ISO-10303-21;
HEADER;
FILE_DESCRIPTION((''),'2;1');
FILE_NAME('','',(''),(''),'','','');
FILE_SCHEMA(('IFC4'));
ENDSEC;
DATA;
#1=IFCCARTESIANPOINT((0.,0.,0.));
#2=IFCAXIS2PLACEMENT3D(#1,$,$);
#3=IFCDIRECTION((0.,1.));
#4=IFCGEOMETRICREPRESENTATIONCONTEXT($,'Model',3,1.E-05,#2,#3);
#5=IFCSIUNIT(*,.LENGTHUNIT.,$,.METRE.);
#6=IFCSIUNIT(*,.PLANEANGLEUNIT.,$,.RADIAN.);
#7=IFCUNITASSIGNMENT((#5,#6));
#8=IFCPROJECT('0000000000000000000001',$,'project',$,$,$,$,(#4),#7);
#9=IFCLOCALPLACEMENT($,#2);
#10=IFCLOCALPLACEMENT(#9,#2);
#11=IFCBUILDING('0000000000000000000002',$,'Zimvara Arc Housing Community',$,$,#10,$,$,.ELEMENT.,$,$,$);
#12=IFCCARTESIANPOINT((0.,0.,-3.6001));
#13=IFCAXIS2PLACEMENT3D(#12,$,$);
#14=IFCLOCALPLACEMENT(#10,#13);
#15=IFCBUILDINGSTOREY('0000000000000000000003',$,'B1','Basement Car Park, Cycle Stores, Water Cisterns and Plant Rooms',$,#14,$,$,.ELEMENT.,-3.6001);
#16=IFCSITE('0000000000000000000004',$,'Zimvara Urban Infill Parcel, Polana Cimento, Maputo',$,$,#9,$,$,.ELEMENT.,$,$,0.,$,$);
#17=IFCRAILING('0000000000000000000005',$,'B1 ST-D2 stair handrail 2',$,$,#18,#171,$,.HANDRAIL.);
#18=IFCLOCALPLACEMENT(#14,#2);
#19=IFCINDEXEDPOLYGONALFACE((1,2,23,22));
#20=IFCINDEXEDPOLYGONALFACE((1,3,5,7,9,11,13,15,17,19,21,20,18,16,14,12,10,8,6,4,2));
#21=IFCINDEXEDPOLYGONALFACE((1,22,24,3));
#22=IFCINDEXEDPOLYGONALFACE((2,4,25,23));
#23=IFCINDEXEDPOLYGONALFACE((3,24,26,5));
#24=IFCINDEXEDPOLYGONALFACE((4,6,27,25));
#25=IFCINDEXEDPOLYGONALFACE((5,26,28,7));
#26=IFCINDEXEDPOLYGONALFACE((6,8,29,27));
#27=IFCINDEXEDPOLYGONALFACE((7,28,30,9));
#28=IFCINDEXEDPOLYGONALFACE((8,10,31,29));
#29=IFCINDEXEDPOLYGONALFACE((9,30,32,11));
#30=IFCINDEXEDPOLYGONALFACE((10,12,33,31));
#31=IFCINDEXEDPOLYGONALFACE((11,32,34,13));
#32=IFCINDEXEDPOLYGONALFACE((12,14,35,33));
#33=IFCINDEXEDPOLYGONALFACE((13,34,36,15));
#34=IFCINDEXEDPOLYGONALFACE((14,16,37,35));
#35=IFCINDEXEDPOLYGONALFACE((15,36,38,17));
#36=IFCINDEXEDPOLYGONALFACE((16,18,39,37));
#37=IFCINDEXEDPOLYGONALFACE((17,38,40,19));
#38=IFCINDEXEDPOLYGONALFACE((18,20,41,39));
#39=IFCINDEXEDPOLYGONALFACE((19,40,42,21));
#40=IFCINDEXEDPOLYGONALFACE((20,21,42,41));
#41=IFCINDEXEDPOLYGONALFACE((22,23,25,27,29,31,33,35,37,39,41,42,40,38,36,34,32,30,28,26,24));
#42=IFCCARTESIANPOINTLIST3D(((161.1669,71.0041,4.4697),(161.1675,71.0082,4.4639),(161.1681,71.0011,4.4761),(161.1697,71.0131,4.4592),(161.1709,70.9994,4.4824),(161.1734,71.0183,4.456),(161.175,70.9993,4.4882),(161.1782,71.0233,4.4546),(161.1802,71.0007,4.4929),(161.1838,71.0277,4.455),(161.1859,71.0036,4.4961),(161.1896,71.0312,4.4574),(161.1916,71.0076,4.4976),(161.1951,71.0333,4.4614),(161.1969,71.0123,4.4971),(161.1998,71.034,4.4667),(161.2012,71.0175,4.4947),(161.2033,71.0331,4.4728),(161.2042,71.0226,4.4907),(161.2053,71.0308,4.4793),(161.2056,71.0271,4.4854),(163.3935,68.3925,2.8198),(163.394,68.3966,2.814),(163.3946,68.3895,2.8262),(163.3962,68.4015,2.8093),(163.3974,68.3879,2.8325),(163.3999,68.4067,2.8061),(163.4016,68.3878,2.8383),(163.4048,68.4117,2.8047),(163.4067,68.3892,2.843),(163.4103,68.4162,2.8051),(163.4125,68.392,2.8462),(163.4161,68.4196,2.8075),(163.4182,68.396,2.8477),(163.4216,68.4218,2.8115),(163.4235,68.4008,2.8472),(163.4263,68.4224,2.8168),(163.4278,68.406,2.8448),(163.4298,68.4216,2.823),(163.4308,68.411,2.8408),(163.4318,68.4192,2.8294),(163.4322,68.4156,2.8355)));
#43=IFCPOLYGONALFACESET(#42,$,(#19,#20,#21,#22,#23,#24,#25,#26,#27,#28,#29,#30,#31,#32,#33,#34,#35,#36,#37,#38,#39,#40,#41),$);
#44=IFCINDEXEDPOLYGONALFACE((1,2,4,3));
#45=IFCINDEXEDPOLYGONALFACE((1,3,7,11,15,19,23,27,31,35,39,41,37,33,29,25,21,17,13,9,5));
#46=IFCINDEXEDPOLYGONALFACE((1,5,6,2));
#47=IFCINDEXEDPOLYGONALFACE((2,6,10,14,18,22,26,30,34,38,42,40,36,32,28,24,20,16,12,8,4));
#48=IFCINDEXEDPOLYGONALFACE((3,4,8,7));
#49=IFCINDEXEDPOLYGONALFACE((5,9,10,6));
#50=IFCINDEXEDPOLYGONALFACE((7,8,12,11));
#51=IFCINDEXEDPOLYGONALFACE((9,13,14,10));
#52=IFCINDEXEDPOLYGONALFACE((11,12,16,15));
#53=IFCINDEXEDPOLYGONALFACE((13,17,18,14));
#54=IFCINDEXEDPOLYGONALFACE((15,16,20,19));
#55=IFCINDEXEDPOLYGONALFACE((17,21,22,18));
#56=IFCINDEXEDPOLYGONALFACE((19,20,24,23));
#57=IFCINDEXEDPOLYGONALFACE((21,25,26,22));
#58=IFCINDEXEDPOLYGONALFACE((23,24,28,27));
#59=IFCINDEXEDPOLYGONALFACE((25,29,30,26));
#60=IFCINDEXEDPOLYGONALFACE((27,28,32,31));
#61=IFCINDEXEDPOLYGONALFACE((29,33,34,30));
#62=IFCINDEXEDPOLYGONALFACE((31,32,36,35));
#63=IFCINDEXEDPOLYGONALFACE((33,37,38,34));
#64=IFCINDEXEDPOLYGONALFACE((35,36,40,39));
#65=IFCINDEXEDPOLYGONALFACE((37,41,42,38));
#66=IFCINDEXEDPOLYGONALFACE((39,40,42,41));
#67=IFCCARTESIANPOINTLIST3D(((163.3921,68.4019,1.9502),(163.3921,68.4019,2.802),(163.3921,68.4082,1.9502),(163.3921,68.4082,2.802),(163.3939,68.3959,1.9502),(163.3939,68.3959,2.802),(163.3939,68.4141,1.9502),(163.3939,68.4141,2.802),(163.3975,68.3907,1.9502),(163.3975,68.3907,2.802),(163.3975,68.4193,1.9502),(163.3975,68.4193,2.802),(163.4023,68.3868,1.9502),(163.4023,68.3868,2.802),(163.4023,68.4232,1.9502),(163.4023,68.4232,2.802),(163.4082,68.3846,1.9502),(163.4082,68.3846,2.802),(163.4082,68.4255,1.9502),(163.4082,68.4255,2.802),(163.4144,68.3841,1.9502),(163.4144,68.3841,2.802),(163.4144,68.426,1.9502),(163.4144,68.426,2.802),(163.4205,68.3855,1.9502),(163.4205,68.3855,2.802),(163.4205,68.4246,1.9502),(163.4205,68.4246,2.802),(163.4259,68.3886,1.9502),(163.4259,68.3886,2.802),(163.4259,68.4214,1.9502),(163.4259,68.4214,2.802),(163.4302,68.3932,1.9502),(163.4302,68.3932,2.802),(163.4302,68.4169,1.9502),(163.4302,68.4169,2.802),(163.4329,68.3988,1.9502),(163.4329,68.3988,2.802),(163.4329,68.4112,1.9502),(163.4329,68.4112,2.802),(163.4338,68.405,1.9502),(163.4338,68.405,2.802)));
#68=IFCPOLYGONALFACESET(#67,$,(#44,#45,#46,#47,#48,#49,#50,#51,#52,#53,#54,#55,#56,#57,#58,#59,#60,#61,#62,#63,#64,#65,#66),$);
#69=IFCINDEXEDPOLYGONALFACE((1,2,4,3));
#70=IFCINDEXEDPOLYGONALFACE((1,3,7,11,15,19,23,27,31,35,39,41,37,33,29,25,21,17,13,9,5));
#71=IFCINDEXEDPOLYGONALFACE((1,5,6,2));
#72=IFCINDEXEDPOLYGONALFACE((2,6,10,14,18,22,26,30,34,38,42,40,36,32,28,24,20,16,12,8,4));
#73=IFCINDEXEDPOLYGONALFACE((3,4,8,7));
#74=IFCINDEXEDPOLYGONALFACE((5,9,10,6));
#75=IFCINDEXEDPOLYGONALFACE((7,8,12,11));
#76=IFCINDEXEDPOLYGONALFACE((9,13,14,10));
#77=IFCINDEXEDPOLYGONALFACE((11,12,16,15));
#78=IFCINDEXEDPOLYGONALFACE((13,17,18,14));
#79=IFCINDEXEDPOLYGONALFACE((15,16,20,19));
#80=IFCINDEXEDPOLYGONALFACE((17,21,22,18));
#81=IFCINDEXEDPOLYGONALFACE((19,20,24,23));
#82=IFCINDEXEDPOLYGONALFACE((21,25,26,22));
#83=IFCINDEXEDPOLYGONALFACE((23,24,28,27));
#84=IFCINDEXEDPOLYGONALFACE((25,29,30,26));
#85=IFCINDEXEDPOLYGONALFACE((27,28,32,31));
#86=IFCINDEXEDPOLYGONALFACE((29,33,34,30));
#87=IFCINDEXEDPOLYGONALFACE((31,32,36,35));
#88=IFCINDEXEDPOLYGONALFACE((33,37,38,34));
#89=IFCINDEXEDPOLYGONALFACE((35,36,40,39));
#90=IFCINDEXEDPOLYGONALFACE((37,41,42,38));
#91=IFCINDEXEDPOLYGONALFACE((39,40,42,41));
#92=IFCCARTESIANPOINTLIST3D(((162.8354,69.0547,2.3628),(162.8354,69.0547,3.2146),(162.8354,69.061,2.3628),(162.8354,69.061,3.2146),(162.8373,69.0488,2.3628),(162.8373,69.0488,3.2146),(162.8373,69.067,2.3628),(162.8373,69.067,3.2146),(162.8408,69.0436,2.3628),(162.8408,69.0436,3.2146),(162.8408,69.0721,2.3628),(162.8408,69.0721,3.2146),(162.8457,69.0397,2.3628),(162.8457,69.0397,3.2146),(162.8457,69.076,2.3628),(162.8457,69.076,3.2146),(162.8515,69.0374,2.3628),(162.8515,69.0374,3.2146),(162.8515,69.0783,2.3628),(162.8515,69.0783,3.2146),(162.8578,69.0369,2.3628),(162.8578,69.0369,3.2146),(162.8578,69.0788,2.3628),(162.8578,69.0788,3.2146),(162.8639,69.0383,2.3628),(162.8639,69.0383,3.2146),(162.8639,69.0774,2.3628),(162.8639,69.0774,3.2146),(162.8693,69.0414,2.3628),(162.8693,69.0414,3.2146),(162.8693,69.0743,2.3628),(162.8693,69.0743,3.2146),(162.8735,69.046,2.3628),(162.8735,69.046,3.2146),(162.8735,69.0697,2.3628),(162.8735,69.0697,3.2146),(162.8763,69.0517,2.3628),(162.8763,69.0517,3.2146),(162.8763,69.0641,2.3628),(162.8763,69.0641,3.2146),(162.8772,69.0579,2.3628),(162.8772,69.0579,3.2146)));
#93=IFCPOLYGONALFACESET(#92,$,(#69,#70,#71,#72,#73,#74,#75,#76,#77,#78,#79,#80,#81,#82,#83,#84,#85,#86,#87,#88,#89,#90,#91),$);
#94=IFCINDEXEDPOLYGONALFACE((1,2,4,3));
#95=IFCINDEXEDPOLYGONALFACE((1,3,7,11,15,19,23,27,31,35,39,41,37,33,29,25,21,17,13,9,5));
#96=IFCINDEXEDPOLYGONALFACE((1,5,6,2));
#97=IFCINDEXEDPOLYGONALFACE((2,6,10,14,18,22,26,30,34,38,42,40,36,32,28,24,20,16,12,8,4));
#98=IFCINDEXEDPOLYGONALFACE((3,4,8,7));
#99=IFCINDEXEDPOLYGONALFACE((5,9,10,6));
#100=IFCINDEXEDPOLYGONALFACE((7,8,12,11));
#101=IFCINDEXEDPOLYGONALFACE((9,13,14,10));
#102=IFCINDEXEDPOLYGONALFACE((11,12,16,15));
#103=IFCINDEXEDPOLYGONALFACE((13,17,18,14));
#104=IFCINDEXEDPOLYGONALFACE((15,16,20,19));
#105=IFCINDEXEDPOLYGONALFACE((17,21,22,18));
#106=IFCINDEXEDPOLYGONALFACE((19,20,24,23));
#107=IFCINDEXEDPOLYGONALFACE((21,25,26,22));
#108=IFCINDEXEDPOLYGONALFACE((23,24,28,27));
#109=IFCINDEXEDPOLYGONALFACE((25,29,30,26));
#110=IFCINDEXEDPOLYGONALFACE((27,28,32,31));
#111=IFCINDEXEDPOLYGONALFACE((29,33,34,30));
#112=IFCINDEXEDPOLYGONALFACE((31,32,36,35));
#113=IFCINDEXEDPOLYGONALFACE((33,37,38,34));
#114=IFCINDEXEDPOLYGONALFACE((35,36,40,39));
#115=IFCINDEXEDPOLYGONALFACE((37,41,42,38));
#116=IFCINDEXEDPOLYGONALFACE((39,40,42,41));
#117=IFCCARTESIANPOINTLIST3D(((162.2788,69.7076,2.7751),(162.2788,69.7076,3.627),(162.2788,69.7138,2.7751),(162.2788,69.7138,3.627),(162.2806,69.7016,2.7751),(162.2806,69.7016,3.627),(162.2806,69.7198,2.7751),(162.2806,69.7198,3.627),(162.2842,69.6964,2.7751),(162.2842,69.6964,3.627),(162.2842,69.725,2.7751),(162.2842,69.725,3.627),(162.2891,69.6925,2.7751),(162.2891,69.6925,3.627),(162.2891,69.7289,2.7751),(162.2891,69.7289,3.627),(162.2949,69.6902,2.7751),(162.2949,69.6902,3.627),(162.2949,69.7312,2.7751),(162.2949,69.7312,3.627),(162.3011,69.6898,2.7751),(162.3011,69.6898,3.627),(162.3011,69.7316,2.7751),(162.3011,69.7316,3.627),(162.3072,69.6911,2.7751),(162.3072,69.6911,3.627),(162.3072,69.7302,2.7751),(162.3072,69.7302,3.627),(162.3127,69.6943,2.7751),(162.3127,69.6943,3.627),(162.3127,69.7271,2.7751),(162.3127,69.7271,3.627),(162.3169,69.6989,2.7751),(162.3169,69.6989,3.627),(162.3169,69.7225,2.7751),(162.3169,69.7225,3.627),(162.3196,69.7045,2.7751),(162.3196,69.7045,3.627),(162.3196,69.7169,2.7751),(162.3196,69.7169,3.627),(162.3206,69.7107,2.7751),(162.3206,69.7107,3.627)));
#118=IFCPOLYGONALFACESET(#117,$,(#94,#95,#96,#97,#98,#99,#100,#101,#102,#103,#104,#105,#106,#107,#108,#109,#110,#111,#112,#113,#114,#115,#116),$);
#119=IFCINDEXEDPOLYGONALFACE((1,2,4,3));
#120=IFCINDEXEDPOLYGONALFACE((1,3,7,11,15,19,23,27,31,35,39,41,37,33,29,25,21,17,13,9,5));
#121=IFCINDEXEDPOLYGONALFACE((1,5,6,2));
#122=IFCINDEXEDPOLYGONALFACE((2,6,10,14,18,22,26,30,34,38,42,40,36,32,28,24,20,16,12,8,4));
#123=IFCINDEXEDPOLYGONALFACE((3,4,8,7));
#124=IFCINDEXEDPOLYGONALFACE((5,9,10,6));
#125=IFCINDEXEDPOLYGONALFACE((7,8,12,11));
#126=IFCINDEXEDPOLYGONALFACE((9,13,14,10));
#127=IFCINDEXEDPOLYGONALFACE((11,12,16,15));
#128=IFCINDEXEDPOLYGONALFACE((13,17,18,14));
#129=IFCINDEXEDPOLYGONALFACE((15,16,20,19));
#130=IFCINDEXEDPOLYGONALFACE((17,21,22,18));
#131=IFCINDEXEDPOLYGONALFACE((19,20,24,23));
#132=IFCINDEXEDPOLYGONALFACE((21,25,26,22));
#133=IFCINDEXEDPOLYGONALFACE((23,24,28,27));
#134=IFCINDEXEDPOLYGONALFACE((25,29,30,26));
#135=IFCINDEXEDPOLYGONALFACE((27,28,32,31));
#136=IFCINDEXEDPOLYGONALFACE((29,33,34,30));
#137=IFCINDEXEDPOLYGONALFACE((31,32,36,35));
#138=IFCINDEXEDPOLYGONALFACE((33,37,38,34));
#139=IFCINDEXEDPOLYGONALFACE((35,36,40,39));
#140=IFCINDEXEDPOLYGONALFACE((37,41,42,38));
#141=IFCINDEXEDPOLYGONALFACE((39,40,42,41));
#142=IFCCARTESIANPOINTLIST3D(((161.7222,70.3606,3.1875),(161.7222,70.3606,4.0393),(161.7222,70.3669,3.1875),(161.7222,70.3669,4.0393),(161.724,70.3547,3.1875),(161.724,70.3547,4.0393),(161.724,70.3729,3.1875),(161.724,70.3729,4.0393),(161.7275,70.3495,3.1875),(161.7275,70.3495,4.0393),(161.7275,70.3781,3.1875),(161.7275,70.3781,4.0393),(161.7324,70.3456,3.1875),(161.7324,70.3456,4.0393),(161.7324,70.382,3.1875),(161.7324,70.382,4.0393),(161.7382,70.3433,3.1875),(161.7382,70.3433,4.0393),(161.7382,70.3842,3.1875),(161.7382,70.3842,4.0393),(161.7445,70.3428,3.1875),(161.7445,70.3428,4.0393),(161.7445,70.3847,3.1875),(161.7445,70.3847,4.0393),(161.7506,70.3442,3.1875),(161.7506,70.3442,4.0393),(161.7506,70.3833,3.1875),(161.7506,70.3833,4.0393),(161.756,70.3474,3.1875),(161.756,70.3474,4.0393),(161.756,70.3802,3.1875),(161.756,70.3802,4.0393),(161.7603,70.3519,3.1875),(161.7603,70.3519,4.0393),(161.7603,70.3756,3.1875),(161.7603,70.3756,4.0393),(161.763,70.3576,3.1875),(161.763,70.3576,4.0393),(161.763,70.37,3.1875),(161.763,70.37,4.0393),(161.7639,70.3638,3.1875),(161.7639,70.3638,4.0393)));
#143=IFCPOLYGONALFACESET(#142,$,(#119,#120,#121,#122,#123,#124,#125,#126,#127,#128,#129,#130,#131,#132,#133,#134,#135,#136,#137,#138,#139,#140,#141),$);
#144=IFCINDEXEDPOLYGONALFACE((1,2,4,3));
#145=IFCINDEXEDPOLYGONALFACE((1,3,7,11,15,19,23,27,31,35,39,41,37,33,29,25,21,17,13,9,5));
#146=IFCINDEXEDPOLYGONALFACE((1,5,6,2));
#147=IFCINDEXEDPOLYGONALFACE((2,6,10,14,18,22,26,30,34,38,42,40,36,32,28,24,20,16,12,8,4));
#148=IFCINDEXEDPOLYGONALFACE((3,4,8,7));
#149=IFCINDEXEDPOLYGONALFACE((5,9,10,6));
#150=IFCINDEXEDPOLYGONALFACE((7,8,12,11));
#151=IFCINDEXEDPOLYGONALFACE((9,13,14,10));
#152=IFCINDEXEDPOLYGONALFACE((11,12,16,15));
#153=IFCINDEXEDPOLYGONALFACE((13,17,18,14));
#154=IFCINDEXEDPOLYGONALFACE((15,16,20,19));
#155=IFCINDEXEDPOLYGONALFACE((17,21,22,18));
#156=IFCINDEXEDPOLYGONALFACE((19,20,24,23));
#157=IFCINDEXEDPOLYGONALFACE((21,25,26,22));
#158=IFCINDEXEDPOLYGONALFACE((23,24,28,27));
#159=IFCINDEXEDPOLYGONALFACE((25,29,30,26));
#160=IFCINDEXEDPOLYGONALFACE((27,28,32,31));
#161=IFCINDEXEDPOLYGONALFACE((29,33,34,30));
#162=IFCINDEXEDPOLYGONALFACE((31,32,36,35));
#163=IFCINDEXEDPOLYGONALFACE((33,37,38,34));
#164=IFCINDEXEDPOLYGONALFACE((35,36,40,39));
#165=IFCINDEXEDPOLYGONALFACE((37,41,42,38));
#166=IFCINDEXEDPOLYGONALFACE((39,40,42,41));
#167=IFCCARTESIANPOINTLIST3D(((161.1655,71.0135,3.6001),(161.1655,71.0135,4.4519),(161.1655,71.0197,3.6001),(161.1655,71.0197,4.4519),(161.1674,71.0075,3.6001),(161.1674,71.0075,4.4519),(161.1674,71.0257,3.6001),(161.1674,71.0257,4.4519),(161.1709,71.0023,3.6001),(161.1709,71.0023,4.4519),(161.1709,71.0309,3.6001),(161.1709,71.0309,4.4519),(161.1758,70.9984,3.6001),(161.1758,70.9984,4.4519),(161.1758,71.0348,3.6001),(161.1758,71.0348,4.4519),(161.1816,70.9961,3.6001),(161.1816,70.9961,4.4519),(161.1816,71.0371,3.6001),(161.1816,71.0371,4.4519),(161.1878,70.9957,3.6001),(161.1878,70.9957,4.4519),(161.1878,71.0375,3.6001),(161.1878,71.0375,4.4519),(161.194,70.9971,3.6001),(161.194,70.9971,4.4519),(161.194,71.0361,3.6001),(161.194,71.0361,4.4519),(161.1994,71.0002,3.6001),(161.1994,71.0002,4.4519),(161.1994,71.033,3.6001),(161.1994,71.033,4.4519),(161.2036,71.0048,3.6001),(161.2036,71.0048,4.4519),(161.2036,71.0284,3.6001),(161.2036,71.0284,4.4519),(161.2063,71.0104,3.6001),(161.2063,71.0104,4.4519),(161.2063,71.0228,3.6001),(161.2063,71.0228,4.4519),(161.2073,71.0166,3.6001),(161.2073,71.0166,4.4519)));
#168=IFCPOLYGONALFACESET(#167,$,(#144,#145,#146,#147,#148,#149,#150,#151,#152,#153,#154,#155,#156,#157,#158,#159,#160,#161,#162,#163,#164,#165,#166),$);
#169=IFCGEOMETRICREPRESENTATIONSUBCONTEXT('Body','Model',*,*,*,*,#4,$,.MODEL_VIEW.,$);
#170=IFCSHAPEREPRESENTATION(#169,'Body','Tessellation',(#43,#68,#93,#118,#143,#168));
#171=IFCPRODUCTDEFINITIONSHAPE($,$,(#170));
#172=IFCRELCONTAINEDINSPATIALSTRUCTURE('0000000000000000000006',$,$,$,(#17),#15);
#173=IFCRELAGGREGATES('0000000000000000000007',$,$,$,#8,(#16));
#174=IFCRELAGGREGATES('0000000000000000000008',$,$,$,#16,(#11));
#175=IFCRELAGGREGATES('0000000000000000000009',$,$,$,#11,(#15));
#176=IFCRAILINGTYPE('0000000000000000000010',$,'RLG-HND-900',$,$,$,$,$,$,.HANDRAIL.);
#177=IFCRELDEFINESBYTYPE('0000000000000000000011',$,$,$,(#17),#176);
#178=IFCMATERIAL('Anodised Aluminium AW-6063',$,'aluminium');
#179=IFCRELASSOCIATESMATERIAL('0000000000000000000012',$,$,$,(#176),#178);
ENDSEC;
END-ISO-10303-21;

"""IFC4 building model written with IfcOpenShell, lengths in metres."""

from ifc_helpers import new_model, si_unit, direction, frame, origin, origin_2d, place, context, subcontext, project, spatial, circle, extrude, material, type_object, element, save


model = new_model("IFC4")

# Units and contexts
model_context = context("Model", 3, precision=1e-05, world=origin(), true_north=direction((0.0, 1.0)))
body_context = subcontext(model_context, "Body", "Model", "MODEL_VIEW")
ifc_project = project(units=[si_unit("LENGTHUNIT", "METRE"), si_unit("PLANEANGLEUNIT", "RADIAN")], contexts=[model_context])

# Site, building, storey
site_placement = place(None, origin())
site = spatial("IfcSite", under=ifc_project, at=site_placement, Name="Zimvara Urban Infill Parcel, Polana Cimento, Maputo", CompositionType="ELEMENT", RefElevation=0.0)
building_placement = place(site_placement, origin())
building = spatial("IfcBuilding", under=site, at=building_placement, Name="Zimvara Arc Housing Community", CompositionType="ELEMENT")
storey_placement = place(building_placement, frame((0.0, 0.0, -3.6001)))
storey = spatial("IfcBuildingStorey", under=building, at=storey_placement, Name="B1", Description="Basement Car Park, Cycle Stores, Water Cisterns and Plant Rooms", CompositionType="ELEMENT", Elevation=-3.6001)

# Railing
ifc_material_1 = material(Name="Anodised Aluminium AW-6063", Category="aluminium")
railing_type_1 = type_object("IfcRailingType", Name="RLG-HND-900", PredefinedType="HANDRAIL", material=ifc_material_1)
railing_1_placement = place(storey_placement, frame((163.4128, 68.405, 1.9502)))
element("IfcRailing", 1, at=railing_1_placement, inside=storey, type_object=railing_type_1, Name="B1 ST-D2 stair handrail 2", PredefinedType="HANDRAIL", context=body_context, shape_type="SweptSolid", body=[
    extrude(circle(Radius=0.0239, at=origin_2d()), frame((0.0, 0.0, 0.876), z_axis=(-0.584723, 0.685831, 0.433285), x_axis=(-0.760971, -0.648786, 0.0)), (0.0, 0.0, 1.0), 3.8079),
    extrude(circle(Radius=0.021, at=origin_2d()), origin(), (0.0, 0.0, 1.0), 0.8518),
    extrude(circle(Radius=0.021, at=origin_2d()), frame((-0.5566, 0.6528, 0.4126)), (0.0, 0.0, 1.0), 0.8518),
    extrude(circle(Radius=0.021, at=origin_2d()), frame((-1.1133, 1.3057, 0.825)), (0.0, 0.0, 1.0), 0.8518),
    extrude(circle(Radius=0.021, at=origin_2d()), frame((-1.6699, 1.9587, 1.2373)), (0.0, 0.0, 1.0), 0.8518),
    extrude(circle(Radius=0.021, at=origin_2d()), frame((-2.2266, 2.6116, 1.6499)), (0.0, 0.0, 1.0), 0.8518),
])

save(model, "model.ifc")
